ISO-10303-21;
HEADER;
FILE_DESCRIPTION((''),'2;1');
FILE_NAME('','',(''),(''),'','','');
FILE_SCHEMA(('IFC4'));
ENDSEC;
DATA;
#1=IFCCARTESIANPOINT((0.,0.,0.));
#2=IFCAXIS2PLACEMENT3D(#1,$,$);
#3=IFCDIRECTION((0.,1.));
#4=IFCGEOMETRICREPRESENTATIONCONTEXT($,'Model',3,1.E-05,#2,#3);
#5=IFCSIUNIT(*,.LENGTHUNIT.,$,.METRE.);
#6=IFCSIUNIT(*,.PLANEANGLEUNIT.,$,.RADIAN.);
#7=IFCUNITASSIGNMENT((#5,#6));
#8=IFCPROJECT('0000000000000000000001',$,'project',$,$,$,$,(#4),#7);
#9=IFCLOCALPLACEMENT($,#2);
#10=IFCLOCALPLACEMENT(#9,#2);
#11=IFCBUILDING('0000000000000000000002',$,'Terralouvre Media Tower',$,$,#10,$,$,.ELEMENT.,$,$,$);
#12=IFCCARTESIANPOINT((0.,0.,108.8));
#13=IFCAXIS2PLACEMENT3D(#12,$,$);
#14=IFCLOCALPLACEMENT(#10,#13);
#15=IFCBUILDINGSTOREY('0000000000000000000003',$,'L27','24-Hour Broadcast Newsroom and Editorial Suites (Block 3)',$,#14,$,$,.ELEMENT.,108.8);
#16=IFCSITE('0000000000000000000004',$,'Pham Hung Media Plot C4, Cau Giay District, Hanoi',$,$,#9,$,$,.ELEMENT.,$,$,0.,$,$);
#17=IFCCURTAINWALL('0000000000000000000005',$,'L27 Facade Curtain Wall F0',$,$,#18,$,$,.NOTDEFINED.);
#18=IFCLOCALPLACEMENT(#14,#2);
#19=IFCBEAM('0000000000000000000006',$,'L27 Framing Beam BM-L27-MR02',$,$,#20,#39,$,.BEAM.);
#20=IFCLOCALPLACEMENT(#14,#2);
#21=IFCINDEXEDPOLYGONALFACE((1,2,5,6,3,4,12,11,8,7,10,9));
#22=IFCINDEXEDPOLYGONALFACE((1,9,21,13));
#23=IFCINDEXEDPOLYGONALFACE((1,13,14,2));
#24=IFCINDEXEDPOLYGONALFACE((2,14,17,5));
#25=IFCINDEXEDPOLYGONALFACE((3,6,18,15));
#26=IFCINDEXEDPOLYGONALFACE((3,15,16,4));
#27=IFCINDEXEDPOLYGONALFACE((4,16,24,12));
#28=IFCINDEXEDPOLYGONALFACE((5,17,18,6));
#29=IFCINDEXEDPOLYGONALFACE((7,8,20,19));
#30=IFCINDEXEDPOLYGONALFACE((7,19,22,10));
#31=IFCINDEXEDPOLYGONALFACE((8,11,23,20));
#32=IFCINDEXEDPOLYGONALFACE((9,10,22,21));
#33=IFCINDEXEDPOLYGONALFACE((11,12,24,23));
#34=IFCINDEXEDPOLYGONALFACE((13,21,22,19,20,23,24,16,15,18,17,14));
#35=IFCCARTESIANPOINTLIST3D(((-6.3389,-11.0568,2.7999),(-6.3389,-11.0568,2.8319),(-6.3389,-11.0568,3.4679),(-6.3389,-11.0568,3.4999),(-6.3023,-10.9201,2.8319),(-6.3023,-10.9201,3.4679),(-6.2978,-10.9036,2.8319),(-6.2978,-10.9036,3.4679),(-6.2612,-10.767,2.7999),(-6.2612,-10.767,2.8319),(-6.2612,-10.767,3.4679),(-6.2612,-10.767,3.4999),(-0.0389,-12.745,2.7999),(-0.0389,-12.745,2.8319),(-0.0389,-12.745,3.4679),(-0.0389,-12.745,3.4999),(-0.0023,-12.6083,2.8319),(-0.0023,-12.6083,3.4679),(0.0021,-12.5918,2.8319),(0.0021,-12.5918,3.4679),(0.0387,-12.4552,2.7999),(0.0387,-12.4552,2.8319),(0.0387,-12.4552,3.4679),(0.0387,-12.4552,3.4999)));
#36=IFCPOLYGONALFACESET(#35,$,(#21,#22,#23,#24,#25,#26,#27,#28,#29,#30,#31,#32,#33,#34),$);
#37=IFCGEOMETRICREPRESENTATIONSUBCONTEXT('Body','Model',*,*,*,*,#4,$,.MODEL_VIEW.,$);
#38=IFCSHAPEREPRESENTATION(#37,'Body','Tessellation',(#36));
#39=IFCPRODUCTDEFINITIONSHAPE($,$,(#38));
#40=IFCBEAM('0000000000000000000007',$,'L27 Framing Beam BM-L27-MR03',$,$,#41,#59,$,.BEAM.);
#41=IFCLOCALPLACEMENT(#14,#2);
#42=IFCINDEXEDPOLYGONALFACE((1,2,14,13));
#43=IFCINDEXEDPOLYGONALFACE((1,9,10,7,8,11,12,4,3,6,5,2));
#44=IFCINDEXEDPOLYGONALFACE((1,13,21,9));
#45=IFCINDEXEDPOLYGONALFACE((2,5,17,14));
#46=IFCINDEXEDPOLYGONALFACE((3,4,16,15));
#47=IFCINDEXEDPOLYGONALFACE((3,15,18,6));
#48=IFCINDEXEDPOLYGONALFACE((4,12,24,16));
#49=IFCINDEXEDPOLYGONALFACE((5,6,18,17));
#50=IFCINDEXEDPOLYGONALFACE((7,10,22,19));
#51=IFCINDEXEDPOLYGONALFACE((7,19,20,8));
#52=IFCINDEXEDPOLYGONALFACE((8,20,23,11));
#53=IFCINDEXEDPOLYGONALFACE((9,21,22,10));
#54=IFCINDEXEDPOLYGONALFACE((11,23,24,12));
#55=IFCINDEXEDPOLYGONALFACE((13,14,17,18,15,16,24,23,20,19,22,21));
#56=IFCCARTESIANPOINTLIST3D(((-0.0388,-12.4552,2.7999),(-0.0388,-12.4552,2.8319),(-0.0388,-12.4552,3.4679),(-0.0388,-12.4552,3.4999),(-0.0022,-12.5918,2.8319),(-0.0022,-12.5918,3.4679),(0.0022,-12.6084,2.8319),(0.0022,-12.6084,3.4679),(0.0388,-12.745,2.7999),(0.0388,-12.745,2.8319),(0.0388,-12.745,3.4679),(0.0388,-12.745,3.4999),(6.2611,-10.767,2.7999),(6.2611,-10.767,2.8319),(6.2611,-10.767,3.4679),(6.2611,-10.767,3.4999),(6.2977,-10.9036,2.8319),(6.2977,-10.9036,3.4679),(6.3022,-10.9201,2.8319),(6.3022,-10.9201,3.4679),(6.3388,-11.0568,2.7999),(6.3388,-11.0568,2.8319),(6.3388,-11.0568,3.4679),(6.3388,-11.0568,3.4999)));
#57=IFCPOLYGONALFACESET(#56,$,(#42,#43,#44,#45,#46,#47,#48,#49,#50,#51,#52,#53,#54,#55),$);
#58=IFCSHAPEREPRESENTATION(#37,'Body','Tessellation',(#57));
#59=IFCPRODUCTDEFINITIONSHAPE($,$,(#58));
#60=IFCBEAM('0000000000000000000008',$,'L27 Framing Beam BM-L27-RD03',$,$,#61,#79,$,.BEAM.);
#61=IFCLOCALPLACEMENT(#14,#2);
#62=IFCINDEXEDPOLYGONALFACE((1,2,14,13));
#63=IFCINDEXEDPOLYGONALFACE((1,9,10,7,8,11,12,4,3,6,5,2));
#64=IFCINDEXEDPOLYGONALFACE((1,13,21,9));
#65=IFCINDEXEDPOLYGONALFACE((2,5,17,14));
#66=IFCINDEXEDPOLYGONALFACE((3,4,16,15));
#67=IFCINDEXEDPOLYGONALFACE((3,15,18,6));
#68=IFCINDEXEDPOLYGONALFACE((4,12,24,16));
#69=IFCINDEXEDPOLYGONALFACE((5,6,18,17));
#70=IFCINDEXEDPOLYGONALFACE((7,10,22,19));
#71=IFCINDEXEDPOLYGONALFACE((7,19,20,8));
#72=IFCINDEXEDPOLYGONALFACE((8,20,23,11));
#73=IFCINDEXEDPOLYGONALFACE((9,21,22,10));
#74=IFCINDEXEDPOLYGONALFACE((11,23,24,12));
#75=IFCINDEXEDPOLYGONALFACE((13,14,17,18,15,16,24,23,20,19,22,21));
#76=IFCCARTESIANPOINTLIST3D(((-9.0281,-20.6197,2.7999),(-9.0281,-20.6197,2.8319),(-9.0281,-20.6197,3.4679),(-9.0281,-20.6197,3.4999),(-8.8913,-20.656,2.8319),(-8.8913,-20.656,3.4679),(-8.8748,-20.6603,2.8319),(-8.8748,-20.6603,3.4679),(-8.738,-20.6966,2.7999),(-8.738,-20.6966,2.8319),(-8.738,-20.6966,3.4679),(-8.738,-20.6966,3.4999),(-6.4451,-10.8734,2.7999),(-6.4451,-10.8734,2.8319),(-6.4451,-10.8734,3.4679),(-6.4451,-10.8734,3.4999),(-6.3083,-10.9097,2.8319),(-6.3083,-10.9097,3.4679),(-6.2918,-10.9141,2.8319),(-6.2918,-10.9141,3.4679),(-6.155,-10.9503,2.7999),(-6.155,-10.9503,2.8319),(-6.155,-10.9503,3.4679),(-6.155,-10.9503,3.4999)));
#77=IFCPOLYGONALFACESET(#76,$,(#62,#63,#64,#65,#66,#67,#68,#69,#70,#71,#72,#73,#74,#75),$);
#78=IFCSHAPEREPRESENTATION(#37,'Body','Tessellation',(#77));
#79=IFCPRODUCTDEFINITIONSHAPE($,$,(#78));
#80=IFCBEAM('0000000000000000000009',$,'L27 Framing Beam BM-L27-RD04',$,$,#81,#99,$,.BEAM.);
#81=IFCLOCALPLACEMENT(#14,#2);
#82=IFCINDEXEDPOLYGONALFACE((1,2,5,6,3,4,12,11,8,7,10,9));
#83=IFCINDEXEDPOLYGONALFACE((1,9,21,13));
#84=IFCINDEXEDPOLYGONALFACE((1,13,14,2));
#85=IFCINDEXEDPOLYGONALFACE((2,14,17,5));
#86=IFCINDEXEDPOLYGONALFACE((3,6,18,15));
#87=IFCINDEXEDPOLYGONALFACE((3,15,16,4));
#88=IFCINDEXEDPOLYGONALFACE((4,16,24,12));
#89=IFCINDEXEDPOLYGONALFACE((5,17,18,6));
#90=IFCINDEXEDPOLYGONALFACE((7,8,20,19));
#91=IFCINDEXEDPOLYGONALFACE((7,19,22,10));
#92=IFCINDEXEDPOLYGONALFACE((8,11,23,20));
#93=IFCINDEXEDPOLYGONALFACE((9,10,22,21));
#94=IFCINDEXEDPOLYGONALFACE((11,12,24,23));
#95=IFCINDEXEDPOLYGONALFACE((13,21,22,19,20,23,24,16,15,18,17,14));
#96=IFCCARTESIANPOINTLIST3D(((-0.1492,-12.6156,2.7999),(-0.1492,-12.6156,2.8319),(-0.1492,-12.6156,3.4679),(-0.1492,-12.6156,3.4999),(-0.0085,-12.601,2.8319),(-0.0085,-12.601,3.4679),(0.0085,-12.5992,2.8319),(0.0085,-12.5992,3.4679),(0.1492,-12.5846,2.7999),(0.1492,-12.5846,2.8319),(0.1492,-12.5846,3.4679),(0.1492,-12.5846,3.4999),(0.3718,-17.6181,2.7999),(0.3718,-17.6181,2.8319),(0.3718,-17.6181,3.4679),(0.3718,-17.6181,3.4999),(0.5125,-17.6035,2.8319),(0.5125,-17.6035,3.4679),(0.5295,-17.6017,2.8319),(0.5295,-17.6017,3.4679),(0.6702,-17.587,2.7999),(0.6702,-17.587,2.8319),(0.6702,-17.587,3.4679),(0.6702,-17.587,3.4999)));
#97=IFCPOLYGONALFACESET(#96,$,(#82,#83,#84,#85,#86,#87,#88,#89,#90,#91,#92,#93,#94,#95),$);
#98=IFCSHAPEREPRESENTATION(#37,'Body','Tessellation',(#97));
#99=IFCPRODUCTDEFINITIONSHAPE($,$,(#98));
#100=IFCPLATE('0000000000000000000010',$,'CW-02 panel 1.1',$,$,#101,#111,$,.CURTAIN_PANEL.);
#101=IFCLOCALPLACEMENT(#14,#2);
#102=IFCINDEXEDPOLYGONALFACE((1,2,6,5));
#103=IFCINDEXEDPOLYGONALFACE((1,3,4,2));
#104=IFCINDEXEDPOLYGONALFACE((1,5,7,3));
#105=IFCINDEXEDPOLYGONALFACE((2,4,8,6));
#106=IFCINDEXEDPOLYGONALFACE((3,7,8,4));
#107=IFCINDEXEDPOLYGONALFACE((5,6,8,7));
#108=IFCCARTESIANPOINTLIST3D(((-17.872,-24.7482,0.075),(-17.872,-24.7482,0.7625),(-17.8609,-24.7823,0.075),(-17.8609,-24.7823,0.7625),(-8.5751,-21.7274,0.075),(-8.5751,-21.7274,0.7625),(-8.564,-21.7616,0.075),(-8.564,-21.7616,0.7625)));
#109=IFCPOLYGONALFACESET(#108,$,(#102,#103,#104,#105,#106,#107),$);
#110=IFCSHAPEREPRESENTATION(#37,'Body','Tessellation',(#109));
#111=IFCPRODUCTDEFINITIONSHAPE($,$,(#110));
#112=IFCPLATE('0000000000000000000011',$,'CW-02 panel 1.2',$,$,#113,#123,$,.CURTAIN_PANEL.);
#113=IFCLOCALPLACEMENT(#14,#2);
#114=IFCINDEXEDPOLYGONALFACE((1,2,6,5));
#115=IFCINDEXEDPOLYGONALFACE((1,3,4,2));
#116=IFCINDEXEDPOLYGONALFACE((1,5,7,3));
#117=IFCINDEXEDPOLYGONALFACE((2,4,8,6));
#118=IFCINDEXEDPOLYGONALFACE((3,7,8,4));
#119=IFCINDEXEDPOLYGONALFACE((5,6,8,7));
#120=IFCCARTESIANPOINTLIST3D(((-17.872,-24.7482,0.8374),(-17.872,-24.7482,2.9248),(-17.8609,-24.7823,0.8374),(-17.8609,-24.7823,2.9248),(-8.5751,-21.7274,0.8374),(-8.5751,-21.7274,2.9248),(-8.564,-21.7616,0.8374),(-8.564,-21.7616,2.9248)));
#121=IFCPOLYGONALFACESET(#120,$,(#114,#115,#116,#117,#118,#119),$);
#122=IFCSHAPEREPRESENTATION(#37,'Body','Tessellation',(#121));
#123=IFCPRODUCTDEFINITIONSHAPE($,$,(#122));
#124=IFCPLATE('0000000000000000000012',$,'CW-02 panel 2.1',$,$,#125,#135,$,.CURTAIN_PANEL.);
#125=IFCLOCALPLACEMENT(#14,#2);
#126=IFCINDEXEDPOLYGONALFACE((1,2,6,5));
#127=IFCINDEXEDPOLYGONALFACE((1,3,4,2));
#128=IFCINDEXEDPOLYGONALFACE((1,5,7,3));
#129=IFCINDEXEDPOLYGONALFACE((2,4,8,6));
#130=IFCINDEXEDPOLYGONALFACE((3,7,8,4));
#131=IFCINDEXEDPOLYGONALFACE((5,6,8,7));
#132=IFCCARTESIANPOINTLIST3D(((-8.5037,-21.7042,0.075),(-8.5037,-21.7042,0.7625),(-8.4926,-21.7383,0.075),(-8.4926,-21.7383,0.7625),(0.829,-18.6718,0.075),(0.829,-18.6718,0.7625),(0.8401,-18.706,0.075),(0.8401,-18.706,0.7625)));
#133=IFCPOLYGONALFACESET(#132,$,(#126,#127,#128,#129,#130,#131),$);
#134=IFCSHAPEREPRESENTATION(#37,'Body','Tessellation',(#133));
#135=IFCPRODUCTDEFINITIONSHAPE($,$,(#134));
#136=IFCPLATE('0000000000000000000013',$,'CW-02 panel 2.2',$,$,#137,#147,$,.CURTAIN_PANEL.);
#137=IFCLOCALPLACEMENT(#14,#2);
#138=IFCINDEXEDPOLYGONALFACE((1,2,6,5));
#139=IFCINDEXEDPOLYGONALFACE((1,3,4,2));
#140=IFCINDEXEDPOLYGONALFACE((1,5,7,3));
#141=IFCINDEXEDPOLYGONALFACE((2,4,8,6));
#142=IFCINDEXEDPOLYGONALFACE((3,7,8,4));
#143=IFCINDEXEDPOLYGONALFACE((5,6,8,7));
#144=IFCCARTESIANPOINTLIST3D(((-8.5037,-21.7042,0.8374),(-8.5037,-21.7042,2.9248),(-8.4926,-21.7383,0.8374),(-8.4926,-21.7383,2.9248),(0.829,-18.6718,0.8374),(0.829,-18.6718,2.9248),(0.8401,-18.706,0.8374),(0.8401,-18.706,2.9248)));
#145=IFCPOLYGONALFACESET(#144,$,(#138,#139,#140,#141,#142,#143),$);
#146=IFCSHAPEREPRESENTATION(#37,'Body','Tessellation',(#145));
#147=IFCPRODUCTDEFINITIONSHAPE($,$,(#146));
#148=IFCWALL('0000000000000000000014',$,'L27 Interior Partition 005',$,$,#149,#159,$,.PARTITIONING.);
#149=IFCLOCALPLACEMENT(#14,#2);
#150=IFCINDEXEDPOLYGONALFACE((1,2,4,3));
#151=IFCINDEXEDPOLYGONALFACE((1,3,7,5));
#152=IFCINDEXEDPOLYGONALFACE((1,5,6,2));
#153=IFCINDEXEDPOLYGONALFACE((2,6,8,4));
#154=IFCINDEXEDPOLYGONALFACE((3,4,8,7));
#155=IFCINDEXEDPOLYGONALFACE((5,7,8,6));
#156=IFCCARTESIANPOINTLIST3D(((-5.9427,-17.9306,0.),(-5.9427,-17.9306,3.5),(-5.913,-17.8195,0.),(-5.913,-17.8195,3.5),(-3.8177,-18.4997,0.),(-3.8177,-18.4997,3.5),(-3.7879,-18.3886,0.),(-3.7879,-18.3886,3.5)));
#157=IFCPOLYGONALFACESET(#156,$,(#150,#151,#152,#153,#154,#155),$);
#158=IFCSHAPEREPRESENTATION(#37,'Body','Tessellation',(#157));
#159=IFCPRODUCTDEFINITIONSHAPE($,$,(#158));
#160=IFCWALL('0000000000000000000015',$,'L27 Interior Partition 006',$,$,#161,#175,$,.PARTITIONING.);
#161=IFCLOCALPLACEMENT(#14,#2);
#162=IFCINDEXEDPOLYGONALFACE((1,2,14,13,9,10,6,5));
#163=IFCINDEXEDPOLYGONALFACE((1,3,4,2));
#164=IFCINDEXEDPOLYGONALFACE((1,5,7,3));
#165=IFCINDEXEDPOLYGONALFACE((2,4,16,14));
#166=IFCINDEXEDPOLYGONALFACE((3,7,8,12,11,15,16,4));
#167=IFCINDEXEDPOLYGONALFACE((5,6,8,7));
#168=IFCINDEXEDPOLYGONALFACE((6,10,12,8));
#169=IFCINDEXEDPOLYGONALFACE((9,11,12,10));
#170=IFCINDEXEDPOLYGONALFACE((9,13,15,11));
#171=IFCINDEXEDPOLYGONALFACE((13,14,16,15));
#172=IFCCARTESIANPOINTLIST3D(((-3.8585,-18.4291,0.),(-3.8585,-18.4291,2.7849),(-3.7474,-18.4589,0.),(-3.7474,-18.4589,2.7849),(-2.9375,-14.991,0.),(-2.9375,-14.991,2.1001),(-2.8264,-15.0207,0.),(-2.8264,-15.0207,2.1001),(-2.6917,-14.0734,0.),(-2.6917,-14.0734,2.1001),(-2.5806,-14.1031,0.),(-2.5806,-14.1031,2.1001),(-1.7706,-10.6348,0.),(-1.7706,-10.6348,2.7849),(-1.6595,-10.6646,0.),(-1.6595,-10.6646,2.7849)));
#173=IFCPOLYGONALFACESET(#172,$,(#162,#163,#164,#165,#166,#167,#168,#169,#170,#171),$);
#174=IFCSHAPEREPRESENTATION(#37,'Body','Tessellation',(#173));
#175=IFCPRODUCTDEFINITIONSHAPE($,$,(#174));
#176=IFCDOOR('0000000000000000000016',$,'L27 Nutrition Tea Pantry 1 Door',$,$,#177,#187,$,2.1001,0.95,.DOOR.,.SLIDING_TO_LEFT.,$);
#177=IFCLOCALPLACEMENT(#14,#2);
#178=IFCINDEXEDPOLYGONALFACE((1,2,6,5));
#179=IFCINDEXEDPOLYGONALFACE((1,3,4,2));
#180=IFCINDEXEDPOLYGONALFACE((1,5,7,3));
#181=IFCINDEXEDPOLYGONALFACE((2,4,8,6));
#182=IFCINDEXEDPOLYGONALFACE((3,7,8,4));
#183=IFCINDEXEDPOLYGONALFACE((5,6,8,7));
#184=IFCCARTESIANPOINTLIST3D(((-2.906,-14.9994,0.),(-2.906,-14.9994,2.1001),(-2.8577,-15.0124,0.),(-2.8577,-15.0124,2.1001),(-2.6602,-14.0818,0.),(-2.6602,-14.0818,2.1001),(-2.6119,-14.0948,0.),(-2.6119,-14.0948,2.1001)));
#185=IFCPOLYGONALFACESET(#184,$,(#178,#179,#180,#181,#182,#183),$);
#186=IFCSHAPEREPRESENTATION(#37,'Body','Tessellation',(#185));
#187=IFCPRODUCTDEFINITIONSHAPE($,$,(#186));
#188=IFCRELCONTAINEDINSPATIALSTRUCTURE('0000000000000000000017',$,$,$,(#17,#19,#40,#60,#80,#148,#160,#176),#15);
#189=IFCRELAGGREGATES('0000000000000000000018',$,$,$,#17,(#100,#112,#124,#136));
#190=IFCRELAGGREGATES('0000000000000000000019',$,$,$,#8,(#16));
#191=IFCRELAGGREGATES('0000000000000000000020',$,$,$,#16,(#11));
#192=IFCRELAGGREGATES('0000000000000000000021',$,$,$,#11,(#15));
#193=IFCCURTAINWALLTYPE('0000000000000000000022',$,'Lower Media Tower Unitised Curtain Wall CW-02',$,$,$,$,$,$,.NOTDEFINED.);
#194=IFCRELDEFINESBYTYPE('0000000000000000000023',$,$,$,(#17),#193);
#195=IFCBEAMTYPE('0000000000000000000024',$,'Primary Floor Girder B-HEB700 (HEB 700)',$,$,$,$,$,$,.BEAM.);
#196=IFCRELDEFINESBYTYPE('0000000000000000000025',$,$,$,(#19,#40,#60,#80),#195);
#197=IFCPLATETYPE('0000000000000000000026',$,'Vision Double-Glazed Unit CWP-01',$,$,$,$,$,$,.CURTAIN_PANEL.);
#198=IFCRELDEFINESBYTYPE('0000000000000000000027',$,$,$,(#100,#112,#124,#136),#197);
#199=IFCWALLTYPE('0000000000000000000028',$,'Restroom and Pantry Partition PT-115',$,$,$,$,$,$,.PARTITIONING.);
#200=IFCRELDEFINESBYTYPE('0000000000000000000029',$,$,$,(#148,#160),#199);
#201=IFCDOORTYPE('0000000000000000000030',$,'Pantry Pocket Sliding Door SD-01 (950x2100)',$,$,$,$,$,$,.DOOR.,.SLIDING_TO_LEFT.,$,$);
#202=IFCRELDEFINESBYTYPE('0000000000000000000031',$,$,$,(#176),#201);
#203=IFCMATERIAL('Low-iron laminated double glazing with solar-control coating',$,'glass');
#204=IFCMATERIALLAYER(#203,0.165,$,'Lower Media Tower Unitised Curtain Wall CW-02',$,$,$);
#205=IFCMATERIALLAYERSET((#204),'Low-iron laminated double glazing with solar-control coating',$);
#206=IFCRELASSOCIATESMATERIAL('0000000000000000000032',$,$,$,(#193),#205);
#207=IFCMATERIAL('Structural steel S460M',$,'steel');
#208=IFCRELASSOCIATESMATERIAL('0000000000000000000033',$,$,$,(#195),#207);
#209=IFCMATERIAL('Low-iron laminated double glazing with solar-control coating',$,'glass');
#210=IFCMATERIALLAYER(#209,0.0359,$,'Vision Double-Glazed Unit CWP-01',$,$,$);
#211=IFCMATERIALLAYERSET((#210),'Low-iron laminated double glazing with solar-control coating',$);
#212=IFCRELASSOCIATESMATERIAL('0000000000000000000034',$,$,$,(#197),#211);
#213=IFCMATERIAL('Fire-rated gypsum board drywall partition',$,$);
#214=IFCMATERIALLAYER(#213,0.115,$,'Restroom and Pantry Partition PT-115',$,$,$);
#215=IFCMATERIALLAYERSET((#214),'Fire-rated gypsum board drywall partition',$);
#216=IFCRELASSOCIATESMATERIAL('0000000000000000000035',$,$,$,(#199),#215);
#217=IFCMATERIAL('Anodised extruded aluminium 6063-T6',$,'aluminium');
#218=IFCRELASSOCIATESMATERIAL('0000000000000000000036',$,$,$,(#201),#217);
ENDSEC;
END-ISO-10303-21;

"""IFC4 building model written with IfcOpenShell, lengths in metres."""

from ifc_helpers import new_model, si_unit, direction, frame, frame_2d, origin, origin_2d, place, context, subcontext, project, spatial, rectangle, i_section, extrude, material, layer, layer_set, material_profile, profile_set, type_object, element, fill, aggregate, save


model = new_model("IFC4")

# Units and contexts
model_context = context("Model", 3, precision=1e-05, world=origin(), true_north=direction((0.0, 1.0)))
body_context = subcontext(model_context, "Body", "Model", "MODEL_VIEW")
ifc_project = project(units=[si_unit("LENGTHUNIT", "METRE"), si_unit("PLANEANGLEUNIT", "RADIAN")], contexts=[model_context])

# Site, building, storey
site_placement = place(None, origin())
site = spatial("IfcSite", under=ifc_project, at=site_placement, Name="Pham Hung Media Plot C4, Cau Giay District, Hanoi", CompositionType="ELEMENT", RefElevation=0.0)
building_placement = place(site_placement, origin())
building = spatial("IfcBuilding", under=site, at=building_placement, Name="Terralouvre Media Tower", CompositionType="ELEMENT")
storey_placement = place(building_placement, frame((0.0, 0.0, 108.8)))
storey = spatial("IfcBuildingStorey", under=building, at=storey_placement, Name="L27", Description="24-Hour Broadcast Newsroom and Editorial Suites (Block 3)", CompositionType="ELEMENT", Elevation=108.8)

# Curtain wall
ifc_material_1 = material(Name="Low-iron laminated double glazing with solar-control coating", Category="glass")
ifc_layer_1 = layer(ifc_material_1, 0.165, Name="Lower Media Tower Unitised Curtain Wall CW-02")
ifc_layer_set_1 = layer_set([ifc_layer_1], Name="Low-iron laminated double glazing with solar-control coating")
curtain_wall_type_1 = type_object("IfcCurtainWallType", Name="Lower Media Tower Unitised Curtain Wall CW-02", PredefinedType="NOTDEFINED", material=ifc_layer_set_1)
curtain_wall_1_placement = place(storey_placement, origin())
curtain_wall_1 = element("IfcCurtainWall", 1, at=curtain_wall_1_placement, inside=storey, type_object=curtain_wall_type_1, Name="L27 Facade Curtain Wall F0", PredefinedType="NOTDEFINED")

# Beams
ifc_material_2 = material(Name="Structural steel S460M", Category="steel")
ifc_material_profile_1 = material_profile(ifc_material_2, i_section(OverallWidth=0.3, OverallDepth=0.7, WebThickness=0.0171, FlangeThickness=0.032, at=origin_2d()), Name="HEB 700")
ifc_profile_set_1 = profile_set([ifc_material_profile_1], Name="Structural steel S460M")
beam_type_1 = type_object("IfcBeamType", Name="Primary Floor Girder B-HEB700 (HEB 700)", PredefinedType="BEAM", material=ifc_profile_set_1)
for number, where, z_axis, x_axis, name in (
    (2, (-6.3, -10.9119, 3.1499), (0.96592, -0.258839, 0.0), (0.258839, 0.96592, 0.0), "L27 Framing Beam BM-L27-MR02"),
    (3, (0.0, -12.6001, 3.1499), (0.96592, 0.258839, 0.0), (-0.258839, 0.96592, 0.0), "L27 Framing Beam BM-L27-MR03"),
):
    element("IfcBeam", number, at=place(storey_placement, frame(where, z_axis=z_axis, x_axis=x_axis)), inside=storey, type_object=beam_type_1, Name=name, PredefinedType="BEAM", context=body_context, shape_type="SweptSolid", body=[
        extrude(i_section(OverallWidth=0.3, OverallDepth=0.7, WebThickness=0.0171, FlangeThickness=0.032, at=origin_2d()), origin(), (0.0, 0.0, 1.0), 6.5222),
    ])
beam_1_placement = place(storey_placement, frame((-6.3, -10.9119, 3.1499), z_axis=(-0.256179, -0.966629, 0.0), x_axis=(0.966629, -0.256179, 0.0)))
element("IfcBeam", 4, at=beam_1_placement, inside=storey, type_object=beam_type_1, Name="L27 Framing Beam BM-L27-RD03", PredefinedType="BEAM", context=body_context, shape_type="SweptSolid", body=[
    extrude(i_section(OverallWidth=0.3, OverallDepth=0.7, WebThickness=0.0171, FlangeThickness=0.032, at=origin_2d()), origin(), (0.0, 0.0, 1.0), 10.0828),
])
beam_2_placement = place(storey_placement, frame((0.0, -12.6001, 3.1499), z_axis=(0.103588, -0.99462, 0.0), x_axis=(0.99462, 0.103588, 0.0)))
element("IfcBeam", 5, at=beam_2_placement, inside=storey, type_object=beam_type_1, Name="L27 Framing Beam BM-L27-RD04", PredefinedType="BEAM", context=body_context, shape_type="SweptSolid", body=[
    extrude(i_section(OverallWidth=0.3, OverallDepth=0.7, WebThickness=0.0171, FlangeThickness=0.032, at=origin_2d()), origin(), (0.0, 0.0, 1.0), 5.0295),
])

# Plates
ifc_material_3 = material(Name="Low-iron laminated double glazing with solar-control coating", Category="glass")
ifc_layer_2 = layer(ifc_material_3, 0.0359, Name="Vision Double-Glazed Unit CWP-01")
ifc_layer_set_2 = layer_set([ifc_layer_2], Name="Low-iron laminated double glazing with solar-control coating")
plate_type = type_object("IfcPlateType", Name="Vision Double-Glazed Unit CWP-01", PredefinedType="CURTAIN_PANEL", material=ifc_layer_set_2)
plate_1_placement = place(storey_placement, frame((-13.218, -23.2549, 0.075), z_axis=(0.0, 0.0, 1.0), x_axis=(0.951057, 0.309017, 0.0)))
plate_1 = element("IfcPlate", 6, at=plate_1_placement, type_object=plate_type, Name="CW-02 panel 1.1", PredefinedType="CURTAIN_PANEL", context=body_context, shape_type="SweptSolid", body=[
    extrude(rectangle(XDim=9.7754, YDim=0.0359, at=origin_2d()), origin(), (0.0, 0.0, 1.0), 0.6875),
])
plate_2_placement = place(storey_placement, frame((-13.218, -23.2549, 0.8374), z_axis=(0.0, 0.0, 1.0), x_axis=(0.951057, 0.309017, 0.0)))
plate_2 = element("IfcPlate", 7, at=plate_2_placement, type_object=plate_type, Name="CW-02 panel 1.2", PredefinedType="CURTAIN_PANEL", context=body_context, shape_type="SweptSolid", body=[
    extrude(rectangle(XDim=9.7754, YDim=0.0359, at=origin_2d()), origin(), (0.0, 0.0, 1.0), 2.0874),
])
plate_3_placement = place(storey_placement, frame((-3.8318, -20.2051, 0.075), z_axis=(0.0, 0.0, 1.0), x_axis=(0.951057, 0.309017, 0.0)))
plate_3 = element("IfcPlate", 8, at=plate_3_placement, type_object=plate_type, Name="CW-02 panel 2.1", PredefinedType="CURTAIN_PANEL", context=body_context, shape_type="SweptSolid", body=[
    extrude(rectangle(XDim=9.813, YDim=0.0359, at=origin_2d()), origin(), (0.0, 0.0, 1.0), 0.6875),
])
plate_4_placement = place(storey_placement, frame((-3.8318, -20.2051, 0.8374), z_axis=(0.0, 0.0, 1.0), x_axis=(0.951057, 0.309017, 0.0)))
plate_4 = element("IfcPlate", 9, at=plate_4_placement, type_object=plate_type, Name="CW-02 panel 2.2", PredefinedType="CURTAIN_PANEL", context=body_context, shape_type="SweptSolid", body=[
    extrude(rectangle(XDim=9.813, YDim=0.0359, at=origin_2d()), origin(), (0.0, 0.0, 1.0), 2.0874),
])
aggregate(curtain_wall_1, [plate_1, plate_2, plate_3, plate_4])

# Wall
ifc_material_4 = material(Name="Fire-rated gypsum board drywall partition")
ifc_layer_3 = layer(ifc_material_4, 0.115, Name="Restroom and Pantry Partition PT-115")
ifc_layer_set_3 = layer_set([ifc_layer_3], Name="Fire-rated gypsum board drywall partition")
wall_type = type_object("IfcWallType", Name="Restroom and Pantry Partition PT-115", PredefinedType="PARTITIONING", material=ifc_layer_set_3)
wall_1_placement = place(storey_placement, frame((-5.928, -17.875, 0.0), z_axis=(0.0, 0.0, 1.0), x_axis=(0.96596, -0.258692, 0.0)))
element("IfcWall", 10, at=wall_1_placement, inside=storey, type_object=wall_type, Name="L27 Interior Partition 005", PredefinedType="PARTITIONING", context=body_context, shape_type="SweptSolid", body=[
    extrude(rectangle(XDim=2.2, YDim=0.115, at=frame_2d((1.1001, 0.0))), origin(), (0.0, 0.0, 1.0), 3.5),
])

# Wall, opening, door
wall_2_placement = place(storey_placement, frame((-3.803, -18.4441, 0.0), z_axis=(0.0, 0.0, 1.0), x_axis=(0.258755, 0.965943, 0.0)))
wall_2 = element("IfcWall", 11, at=wall_2_placement, inside=storey, type_object=wall_type, Name="L27 Interior Partition 006", PredefinedType="PARTITIONING", context=body_context, shape_type="SweptSolid", body=[
    extrude(rectangle(XDim=8.0691, YDim=0.115, at=frame_2d((4.0347, 0.0))), origin(), (0.0, 0.0, 1.0), 2.7849),
])
opening_placement = place(wall_2_placement, frame((3.5593, 0.0, 0.0)))
opening = element("IfcOpeningElement", 12, at=opening_placement, cuts=wall_2, PredefinedType="OPENING", context=body_context, shape_type="SweptSolid", body=[
    extrude(rectangle(XDim=0.95, YDim=2.1001, at=frame_2d((0.4751, 1.05))), frame((0.0, 0.0674, 0.0), z_axis=(0.0, -1.0, 0.0), x_axis=(1.0, 0.0, 0.0)), (0.0, 0.0, 1.0), 0.135),
])
ifc_material_5 = material(Name="Anodised extruded aluminium 6063-T6", Category="aluminium")
door_type = type_object("IfcDoorType", Name="Pantry Pocket Sliding Door SD-01 (950x2100)", OperationType="SLIDING_TO_LEFT", PredefinedType="DOOR", material=ifc_material_5)
door_placement = place(opening_placement, origin())
door = element("IfcDoor", 13, at=door_placement, inside=storey, type_object=door_type, Name="L27 Nutrition Tea Pantry 1 Door", OperationType="SLIDING_TO_LEFT", OverallHeight=2.1001, OverallWidth=0.95, PredefinedType="DOOR", context=body_context, shape_type="SweptSolid", body=[
    extrude(rectangle(XDim=0.95, YDim=2.1001, at=frame_2d((0.4751, 1.05))), frame((0.0, 0.0249, 0.0), z_axis=(0.0, -1.0, 0.0), x_axis=(1.0, 0.0, 0.0)), (0.0, 0.0, 1.0), 0.05),
])
fill(opening, door)

save(model, "model.ifc")
